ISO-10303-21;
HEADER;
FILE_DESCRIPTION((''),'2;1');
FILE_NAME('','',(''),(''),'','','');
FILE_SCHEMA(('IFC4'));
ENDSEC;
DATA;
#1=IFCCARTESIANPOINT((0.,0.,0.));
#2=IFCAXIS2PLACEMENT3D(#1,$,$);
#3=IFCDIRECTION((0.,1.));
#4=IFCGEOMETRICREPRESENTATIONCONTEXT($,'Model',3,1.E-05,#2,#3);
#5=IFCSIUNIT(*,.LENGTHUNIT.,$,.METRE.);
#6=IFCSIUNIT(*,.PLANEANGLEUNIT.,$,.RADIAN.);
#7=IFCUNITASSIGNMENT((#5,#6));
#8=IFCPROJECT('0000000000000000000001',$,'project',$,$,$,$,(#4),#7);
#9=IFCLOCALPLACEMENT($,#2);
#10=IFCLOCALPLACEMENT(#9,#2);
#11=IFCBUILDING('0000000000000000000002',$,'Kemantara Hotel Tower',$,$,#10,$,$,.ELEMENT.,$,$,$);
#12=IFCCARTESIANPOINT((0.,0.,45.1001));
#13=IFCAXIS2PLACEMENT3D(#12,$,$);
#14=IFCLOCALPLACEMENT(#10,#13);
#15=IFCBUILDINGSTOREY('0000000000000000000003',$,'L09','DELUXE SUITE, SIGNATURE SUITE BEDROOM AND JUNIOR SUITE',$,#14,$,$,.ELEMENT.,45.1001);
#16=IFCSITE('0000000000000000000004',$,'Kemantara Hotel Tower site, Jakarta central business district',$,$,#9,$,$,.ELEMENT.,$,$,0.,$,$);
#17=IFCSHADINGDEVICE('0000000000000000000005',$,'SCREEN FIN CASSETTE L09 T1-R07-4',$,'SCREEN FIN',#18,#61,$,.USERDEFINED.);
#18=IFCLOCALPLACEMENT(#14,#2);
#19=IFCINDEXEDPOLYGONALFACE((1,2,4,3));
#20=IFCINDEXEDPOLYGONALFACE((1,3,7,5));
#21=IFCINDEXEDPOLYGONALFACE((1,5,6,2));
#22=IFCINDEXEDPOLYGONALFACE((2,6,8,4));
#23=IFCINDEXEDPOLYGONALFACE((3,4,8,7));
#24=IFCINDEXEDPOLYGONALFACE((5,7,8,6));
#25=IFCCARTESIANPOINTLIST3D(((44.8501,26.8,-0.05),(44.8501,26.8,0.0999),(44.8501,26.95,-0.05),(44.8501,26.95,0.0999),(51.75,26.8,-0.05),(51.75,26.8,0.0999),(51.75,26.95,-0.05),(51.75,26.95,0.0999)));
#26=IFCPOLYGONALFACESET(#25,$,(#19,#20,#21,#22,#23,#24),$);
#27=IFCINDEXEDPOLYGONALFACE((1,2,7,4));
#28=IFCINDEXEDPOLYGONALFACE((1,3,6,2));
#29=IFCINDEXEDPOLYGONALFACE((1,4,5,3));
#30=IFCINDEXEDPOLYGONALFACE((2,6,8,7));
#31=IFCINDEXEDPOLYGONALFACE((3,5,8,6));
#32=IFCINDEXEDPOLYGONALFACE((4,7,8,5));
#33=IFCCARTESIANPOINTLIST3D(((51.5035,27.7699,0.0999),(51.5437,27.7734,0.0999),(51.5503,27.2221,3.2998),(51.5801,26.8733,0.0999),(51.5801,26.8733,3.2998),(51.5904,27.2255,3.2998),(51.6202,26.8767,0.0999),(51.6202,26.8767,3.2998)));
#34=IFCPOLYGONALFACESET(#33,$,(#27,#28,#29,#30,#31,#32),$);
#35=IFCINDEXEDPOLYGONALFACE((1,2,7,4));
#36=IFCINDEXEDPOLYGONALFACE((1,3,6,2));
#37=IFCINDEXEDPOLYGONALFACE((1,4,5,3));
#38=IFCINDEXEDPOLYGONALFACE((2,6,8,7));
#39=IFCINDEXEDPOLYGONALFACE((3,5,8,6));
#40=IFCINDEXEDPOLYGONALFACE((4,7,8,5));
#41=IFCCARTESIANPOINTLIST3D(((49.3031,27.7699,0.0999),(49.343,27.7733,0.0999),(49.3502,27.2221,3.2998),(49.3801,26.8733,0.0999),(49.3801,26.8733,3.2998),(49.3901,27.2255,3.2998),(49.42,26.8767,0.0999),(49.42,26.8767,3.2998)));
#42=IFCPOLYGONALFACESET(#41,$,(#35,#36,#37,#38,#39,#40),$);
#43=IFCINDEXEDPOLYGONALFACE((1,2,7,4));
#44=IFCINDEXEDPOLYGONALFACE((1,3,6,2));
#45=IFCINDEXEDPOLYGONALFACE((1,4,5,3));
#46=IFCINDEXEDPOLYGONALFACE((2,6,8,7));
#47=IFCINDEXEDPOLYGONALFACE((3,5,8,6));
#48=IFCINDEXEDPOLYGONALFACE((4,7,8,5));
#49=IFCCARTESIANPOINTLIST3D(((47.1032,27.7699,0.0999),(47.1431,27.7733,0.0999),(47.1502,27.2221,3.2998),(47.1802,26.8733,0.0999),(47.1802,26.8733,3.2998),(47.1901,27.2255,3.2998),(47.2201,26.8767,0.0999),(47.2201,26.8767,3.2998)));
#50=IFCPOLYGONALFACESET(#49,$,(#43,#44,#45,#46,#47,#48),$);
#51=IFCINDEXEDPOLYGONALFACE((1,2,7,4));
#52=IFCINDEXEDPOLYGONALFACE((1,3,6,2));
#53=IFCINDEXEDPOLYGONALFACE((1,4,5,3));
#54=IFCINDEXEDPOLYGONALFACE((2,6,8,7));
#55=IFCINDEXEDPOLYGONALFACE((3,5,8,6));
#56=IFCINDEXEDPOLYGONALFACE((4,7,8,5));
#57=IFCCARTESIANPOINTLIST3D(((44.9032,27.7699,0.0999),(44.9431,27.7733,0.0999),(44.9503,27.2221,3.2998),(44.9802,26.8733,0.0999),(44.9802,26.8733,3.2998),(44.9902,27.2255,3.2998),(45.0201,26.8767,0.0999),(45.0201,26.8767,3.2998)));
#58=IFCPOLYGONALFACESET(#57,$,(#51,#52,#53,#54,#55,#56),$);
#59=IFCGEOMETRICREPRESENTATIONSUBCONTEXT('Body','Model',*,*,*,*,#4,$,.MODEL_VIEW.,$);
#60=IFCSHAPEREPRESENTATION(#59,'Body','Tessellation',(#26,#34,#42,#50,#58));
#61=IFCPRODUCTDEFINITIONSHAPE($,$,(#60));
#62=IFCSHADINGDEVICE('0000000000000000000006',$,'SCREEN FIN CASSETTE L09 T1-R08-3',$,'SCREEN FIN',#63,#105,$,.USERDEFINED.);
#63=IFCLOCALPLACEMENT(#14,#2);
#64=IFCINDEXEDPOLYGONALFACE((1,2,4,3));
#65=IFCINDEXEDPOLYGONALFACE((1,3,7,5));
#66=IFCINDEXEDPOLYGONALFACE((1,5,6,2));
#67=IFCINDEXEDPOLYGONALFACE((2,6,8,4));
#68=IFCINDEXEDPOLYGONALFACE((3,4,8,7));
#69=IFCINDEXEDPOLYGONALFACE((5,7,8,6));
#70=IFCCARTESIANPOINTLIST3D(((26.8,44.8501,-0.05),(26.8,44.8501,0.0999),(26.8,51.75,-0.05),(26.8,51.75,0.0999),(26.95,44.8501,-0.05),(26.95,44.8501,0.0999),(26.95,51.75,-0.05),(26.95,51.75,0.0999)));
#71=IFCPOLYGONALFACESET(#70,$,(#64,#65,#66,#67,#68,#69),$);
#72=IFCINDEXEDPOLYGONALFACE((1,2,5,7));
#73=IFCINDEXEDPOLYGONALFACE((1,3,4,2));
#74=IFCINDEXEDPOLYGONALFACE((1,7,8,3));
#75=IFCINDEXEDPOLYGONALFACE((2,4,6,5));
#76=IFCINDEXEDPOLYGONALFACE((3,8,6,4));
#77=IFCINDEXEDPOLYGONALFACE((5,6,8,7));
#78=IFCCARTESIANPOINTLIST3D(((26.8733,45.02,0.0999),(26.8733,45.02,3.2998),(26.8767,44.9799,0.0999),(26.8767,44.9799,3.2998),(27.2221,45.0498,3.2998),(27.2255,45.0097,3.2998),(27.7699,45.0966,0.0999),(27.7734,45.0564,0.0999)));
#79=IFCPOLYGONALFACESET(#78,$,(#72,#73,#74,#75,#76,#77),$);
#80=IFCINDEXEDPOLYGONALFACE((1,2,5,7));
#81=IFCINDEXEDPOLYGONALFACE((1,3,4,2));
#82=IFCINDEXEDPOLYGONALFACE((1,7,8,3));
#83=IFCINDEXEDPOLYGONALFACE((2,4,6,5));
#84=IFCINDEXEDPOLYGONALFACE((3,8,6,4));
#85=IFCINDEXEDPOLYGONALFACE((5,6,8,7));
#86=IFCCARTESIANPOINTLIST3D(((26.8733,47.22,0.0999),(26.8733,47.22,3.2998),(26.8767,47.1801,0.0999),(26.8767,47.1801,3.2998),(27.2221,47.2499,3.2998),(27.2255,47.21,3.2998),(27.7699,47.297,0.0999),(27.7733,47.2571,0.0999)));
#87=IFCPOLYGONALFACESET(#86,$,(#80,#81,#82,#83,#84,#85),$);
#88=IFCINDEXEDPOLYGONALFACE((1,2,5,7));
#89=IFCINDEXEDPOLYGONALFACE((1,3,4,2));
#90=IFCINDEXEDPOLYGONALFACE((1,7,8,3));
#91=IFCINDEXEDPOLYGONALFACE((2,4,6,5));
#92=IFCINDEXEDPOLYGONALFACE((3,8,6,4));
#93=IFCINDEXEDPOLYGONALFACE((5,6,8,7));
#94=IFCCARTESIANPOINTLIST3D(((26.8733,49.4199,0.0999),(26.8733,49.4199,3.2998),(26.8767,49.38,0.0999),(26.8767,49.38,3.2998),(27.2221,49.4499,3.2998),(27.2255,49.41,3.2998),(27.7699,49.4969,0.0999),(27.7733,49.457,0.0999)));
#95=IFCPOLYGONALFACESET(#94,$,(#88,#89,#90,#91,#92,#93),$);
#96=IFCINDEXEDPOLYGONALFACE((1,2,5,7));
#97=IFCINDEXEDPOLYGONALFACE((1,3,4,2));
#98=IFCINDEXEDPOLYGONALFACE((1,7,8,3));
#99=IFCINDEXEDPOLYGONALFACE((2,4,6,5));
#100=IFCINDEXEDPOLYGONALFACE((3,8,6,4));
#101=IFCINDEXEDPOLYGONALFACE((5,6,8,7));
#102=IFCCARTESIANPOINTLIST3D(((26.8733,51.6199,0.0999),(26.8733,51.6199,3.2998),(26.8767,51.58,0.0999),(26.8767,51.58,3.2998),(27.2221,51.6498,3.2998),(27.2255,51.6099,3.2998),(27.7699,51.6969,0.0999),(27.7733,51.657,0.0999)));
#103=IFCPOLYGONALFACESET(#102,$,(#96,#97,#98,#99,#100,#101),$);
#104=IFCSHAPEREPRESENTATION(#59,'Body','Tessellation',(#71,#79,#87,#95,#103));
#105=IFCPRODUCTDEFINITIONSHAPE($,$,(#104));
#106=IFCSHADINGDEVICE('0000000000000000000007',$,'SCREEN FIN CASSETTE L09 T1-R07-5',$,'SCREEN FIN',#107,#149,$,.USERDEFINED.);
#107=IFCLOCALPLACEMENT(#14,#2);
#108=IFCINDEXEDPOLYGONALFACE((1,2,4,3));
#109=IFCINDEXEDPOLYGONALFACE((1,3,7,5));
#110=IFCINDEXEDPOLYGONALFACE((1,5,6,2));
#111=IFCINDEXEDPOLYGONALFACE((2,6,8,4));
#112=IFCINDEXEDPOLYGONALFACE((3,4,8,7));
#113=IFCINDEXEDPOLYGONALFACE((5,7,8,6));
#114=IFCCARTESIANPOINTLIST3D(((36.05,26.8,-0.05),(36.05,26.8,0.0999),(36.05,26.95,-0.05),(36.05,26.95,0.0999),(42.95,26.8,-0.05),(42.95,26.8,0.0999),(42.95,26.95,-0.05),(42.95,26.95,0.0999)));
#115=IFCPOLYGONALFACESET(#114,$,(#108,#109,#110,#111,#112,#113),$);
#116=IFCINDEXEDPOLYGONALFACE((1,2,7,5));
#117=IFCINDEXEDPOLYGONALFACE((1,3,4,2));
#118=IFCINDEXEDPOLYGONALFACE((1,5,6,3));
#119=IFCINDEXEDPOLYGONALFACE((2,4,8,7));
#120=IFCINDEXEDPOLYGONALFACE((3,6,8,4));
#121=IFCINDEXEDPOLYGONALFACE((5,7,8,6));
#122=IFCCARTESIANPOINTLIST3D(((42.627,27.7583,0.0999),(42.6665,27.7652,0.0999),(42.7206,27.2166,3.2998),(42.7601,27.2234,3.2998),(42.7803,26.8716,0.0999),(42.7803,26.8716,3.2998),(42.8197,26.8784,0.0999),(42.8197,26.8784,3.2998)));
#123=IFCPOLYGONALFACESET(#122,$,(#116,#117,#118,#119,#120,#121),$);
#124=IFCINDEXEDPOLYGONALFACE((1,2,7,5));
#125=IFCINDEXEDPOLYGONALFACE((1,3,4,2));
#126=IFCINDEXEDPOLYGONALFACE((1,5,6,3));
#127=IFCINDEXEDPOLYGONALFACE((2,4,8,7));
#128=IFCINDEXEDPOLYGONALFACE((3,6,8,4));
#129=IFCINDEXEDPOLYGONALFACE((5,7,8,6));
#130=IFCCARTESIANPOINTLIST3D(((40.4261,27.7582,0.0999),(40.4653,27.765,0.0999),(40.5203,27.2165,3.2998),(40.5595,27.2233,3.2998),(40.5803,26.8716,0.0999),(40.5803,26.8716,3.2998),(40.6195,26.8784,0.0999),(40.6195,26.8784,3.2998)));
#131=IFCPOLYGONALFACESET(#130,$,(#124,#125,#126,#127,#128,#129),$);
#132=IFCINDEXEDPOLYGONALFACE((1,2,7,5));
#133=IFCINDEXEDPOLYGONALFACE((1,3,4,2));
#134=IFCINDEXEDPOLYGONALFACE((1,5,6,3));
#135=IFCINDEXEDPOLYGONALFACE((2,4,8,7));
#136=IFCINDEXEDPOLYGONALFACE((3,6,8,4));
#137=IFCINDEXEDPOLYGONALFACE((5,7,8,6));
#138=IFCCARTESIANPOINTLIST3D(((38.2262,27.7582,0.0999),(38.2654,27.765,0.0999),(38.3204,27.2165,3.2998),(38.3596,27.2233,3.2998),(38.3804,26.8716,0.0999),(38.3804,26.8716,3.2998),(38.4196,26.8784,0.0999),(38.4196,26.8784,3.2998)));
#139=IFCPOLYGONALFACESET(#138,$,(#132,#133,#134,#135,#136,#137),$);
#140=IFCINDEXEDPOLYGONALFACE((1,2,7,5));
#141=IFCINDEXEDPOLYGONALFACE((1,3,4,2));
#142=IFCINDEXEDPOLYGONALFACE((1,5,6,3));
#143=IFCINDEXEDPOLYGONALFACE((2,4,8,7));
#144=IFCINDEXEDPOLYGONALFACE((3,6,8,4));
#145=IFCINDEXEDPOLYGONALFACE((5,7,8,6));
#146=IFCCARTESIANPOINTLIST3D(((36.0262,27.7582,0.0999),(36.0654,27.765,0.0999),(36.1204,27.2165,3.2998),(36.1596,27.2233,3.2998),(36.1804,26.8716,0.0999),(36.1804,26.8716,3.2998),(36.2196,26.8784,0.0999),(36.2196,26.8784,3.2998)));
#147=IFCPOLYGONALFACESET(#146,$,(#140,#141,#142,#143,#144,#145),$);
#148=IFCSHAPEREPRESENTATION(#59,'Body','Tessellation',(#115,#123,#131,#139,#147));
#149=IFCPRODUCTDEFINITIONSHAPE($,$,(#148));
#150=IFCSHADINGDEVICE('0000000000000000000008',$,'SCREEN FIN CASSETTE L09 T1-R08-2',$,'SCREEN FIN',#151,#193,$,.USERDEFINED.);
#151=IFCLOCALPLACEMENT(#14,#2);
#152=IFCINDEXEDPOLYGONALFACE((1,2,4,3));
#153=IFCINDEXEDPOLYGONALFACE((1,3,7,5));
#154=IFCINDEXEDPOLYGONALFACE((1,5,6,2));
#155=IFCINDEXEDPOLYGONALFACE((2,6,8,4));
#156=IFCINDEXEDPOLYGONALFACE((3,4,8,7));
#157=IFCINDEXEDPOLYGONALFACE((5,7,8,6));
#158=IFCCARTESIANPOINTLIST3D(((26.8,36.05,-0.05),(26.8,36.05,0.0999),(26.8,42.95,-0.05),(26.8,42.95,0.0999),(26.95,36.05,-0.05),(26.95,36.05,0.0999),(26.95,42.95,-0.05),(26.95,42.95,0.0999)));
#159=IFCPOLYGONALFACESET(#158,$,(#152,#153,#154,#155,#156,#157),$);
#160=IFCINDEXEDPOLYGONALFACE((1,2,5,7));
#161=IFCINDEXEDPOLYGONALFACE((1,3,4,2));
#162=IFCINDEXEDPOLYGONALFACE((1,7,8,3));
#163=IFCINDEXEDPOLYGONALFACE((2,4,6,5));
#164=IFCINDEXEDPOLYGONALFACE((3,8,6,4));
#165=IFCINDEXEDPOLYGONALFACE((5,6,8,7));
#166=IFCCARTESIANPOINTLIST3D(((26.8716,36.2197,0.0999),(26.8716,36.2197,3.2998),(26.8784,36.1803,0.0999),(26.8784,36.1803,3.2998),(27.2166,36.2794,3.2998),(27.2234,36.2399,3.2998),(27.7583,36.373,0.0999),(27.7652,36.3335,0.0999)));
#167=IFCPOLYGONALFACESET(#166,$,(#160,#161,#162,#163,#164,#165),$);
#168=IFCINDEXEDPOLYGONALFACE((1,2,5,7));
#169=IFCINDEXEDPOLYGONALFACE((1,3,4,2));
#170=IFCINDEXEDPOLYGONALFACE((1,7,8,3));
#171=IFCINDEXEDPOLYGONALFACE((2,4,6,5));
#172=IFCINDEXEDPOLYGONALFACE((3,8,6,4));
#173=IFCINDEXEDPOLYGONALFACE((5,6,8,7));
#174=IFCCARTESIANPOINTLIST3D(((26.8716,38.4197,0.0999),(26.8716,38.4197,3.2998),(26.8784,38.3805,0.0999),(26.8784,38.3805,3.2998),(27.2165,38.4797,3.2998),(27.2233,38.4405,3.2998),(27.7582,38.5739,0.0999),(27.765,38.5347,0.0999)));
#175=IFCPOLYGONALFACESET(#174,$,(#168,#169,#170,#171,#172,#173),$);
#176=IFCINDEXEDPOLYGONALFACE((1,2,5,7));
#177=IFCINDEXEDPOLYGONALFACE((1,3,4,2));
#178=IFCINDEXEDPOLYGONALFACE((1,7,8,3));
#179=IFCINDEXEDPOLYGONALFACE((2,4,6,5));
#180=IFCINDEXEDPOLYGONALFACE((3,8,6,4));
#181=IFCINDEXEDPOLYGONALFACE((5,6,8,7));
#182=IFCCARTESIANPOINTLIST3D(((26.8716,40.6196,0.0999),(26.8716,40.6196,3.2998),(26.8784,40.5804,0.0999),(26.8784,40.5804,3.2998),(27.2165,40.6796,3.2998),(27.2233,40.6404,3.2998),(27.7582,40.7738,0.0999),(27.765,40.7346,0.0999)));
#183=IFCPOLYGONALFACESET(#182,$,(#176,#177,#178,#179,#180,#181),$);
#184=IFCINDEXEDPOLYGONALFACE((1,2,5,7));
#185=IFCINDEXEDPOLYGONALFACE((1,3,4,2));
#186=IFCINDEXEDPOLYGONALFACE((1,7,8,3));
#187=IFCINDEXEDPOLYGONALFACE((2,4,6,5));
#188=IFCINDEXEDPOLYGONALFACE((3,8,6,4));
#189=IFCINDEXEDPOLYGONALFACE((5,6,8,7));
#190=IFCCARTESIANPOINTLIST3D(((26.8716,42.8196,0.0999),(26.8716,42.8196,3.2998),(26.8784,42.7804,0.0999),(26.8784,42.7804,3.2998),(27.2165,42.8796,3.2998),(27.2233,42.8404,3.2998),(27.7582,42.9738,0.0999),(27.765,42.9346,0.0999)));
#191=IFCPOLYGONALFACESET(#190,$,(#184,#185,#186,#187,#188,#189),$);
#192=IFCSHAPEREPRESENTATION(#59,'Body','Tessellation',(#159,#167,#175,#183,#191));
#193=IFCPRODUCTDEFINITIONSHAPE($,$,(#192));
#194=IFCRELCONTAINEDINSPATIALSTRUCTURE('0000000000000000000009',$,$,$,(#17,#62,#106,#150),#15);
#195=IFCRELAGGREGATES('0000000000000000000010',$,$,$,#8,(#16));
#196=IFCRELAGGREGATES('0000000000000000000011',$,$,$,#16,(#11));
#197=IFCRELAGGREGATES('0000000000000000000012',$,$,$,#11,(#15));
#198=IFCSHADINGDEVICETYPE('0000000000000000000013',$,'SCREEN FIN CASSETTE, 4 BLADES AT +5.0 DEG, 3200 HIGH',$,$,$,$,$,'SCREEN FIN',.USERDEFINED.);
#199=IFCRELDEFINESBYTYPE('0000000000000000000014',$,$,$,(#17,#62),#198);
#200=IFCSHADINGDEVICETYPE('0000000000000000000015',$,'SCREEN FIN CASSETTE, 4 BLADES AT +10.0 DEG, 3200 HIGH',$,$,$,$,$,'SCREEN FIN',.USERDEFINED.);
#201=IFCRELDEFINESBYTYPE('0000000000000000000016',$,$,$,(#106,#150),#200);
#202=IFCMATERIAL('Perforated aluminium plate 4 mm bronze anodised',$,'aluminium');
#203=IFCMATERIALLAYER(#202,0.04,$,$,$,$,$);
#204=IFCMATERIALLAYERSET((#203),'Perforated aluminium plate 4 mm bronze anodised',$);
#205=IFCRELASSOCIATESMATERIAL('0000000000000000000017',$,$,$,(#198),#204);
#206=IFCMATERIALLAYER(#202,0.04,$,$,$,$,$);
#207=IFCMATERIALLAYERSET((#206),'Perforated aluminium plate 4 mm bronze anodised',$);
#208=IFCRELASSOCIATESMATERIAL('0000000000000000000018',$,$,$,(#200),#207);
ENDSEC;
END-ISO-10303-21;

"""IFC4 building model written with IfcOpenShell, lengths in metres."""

from ifc_helpers import new_model, si_unit, direction, frame, origin, origin_2d, place, context, subcontext, project, spatial, polyline, rectangle, outline, extrude, source, transform, mapped, material, layer, layer_set, type_object, element, save


model = new_model("IFC4")

# Units and contexts
model_context = context("Model", 3, precision=1e-05, world=origin(), true_north=direction((0.0, 1.0)))
body_context = subcontext(model_context, "Body", "Model", "MODEL_VIEW")
ifc_project = project(units=[si_unit("LENGTHUNIT", "METRE"), si_unit("PLANEANGLEUNIT", "RADIAN")], contexts=[model_context])

# Site, building, storey
site_placement = place(None, origin())
site = spatial("IfcSite", under=ifc_project, at=site_placement, Name="Kemantara Hotel Tower site, Jakarta central business district", CompositionType="ELEMENT", RefElevation=0.0)
building_placement = place(site_placement, origin())
building = spatial("IfcBuilding", under=site, at=building_placement, Name="Kemantara Hotel Tower", CompositionType="ELEMENT")
storey_placement = place(building_placement, frame((0.0, 0.0, 45.1001)))
storey = spatial("IfcBuildingStorey", under=building, at=storey_placement, Name="L09", Description="DELUXE SUITE, SIGNATURE SUITE BEDROOM AND JUNIOR SUITE", CompositionType="ELEMENT", Elevation=45.1001)

# Shading devices
ifc_material_1 = material(Name="Perforated aluminium plate 4 mm bronze anodised", Category="aluminium")
ifc_layer_1 = layer(ifc_material_1, 0.04)
ifc_layer_set_1 = layer_set([ifc_layer_1], Name="Perforated aluminium plate 4 mm bronze anodised")
shading_device_type_1 = type_object("IfcShadingDeviceType", Name="SCREEN FIN CASSETTE, 4 BLADES AT +5.0 DEG, 3200 HIGH", ElementType="SCREEN FIN", PredefinedType="USERDEFINED", material=ifc_layer_set_1)
shared_shape_1 = source(origin(), body_context, "Body", "SweptSolid", [
    extrude(rectangle(XDim=6.8999, YDim=0.1499, at=origin_2d()), frame((3.3, -0.075, -0.1499), z_axis=(0.0, 0.0, 1.0), x_axis=(1.0, 0.0, 0.0)), (0.0, 0.0, 1.0), 0.1499),
    extrude(outline(polyline([(0.0, 0.0), (0.8999, 0.0), (0.3501, 3.2), (0.0, 3.2), (0.0, 0.0)])), frame((0.02, -0.0732, 0.0), z_axis=(-0.996376, -0.085056, 0.0), x_axis=(0.085056, -0.996376, 0.0)), (0.0, 0.0, 1.0), 0.0403),
    extrude(outline(polyline([(0.0, 0.0), (0.8999, 0.0), (0.3501, 3.2), (0.0, 3.2), (0.0, 0.0)])), frame((2.22, -0.0732, 0.0), z_axis=(-0.996332, -0.085575, 0.0), x_axis=(0.085575, -0.996332, 0.0)), (0.0, 0.0, 1.0), 0.04),
    extrude(outline(polyline([(0.0, 0.0), (0.8999, 0.0), (0.3501, 3.2), (0.0, 3.2), (0.0, 0.0)])), frame((4.4199, -0.0732, 0.0), z_axis=(-0.996332, -0.085575, 0.0), x_axis=(0.085575, -0.996332, 0.0)), (0.0, 0.0, 1.0), 0.04),
    extrude(outline(polyline([(0.0, 0.0), (0.8999, 0.0), (0.3501, 3.2), (0.0, 3.2), (0.0, 0.0)])), frame((6.6199, -0.0732, 0.0), z_axis=(-0.996332, -0.085575, 0.0), x_axis=(0.085575, -0.996332, 0.0)), (0.0, 0.0, 1.0), 0.04),
])
for number, where, z_axis, x_axis, name in (
    (1, (51.6001, 26.8, 0.0999), (0.0, 0.0, 1.0), (-1.0, 0.0, 0.0), "SCREEN FIN CASSETTE L09 T1-R07-4"),
    (2, (26.8, 45.0, 0.0999), (0.0, 0.0, 1.0), (0.0, 1.0, 0.0), "SCREEN FIN CASSETTE L09 T1-R08-3"),
):
    element("IfcShadingDevice", number, at=place(storey_placement, frame(where, z_axis=z_axis, x_axis=x_axis)), inside=storey, type_object=shading_device_type_1, Name=name, ObjectType="SCREEN FIN", PredefinedType="USERDEFINED", context=body_context, shape_type="MappedRepresentation", body=[
        mapped(shared_shape_1, transform((0.0, 0.0, 0.0))),
    ])
ifc_layer_2 = layer(ifc_material_1, 0.04)
ifc_layer_set_2 = layer_set([ifc_layer_2], Name="Perforated aluminium plate 4 mm bronze anodised")
shading_device_type_2 = type_object("IfcShadingDeviceType", Name="SCREEN FIN CASSETTE, 4 BLADES AT +10.0 DEG, 3200 HIGH", ElementType="SCREEN FIN", PredefinedType="USERDEFINED", material=ifc_layer_set_2)
shared_shape_2 = source(origin(), body_context, "Body", "SweptSolid", [
    extrude(rectangle(XDim=6.8999, YDim=0.1499, at=origin_2d()), frame((3.3, -0.075, -0.1499), z_axis=(0.0, 0.0, 1.0), x_axis=(1.0, 0.0, 0.0)), (0.0, 0.0, 1.0), 0.1499),
    extrude(outline(polyline([(0.0, 0.0), (0.8999, 0.0), (0.3501, 3.2), (0.0, 3.2), (0.0, 0.0)])), frame((0.0198, -0.0715, 0.0), z_axis=(-0.98539, -0.170314, 0.0), x_axis=(0.170314, -0.98539, 0.0)), (0.0, 0.0, 1.0), 0.04),
    extrude(outline(polyline([(0.0, 0.0), (0.8999, 0.0), (0.3501, 3.2), (0.0, 3.2), (0.0, 0.0)])), frame((2.2197, -0.0715, 0.0), z_axis=(-0.985212, -0.171341, 0.0), x_axis=(0.171341, -0.985212, 0.0)), (0.0, 0.0, 1.0), 0.0398),
    extrude(outline(polyline([(0.0, 0.0), (0.8999, 0.0), (0.3501, 3.2), (0.0, 3.2), (0.0, 0.0)])), frame((4.4197, -0.0715, 0.0), z_axis=(-0.985212, -0.171341, 0.0), x_axis=(0.171341, -0.985212, 0.0)), (0.0, 0.0, 1.0), 0.0398),
    extrude(outline(polyline([(0.0, 0.0), (0.8999, 0.0), (0.3501, 3.2), (0.0, 3.2), (0.0, 0.0)])), frame((6.6196, -0.0715, 0.0), z_axis=(-0.985212, -0.171341, 0.0), x_axis=(0.171341, -0.985212, 0.0)), (0.0, 0.0, 1.0), 0.0398),
])
for number, where, z_axis, x_axis, name in (
    (3, (42.8, 26.8, 0.0999), (0.0, 0.0, 1.0), (-1.0, 0.0, 0.0), "SCREEN FIN CASSETTE L09 T1-R07-5"),
    (4, (26.8, 36.2, 0.0999), (0.0, 0.0, 1.0), (0.0, 1.0, 0.0), "SCREEN FIN CASSETTE L09 T1-R08-2"),
):
    element("IfcShadingDevice", number, at=place(storey_placement, frame(where, z_axis=z_axis, x_axis=x_axis)), inside=storey, type_object=shading_device_type_2, Name=name, ObjectType="SCREEN FIN", PredefinedType="USERDEFINED", context=body_context, shape_type="MappedRepresentation", body=[
        mapped(shared_shape_2, transform((0.0, 0.0, 0.0))),
    ])

save(model, "model.ifc")
